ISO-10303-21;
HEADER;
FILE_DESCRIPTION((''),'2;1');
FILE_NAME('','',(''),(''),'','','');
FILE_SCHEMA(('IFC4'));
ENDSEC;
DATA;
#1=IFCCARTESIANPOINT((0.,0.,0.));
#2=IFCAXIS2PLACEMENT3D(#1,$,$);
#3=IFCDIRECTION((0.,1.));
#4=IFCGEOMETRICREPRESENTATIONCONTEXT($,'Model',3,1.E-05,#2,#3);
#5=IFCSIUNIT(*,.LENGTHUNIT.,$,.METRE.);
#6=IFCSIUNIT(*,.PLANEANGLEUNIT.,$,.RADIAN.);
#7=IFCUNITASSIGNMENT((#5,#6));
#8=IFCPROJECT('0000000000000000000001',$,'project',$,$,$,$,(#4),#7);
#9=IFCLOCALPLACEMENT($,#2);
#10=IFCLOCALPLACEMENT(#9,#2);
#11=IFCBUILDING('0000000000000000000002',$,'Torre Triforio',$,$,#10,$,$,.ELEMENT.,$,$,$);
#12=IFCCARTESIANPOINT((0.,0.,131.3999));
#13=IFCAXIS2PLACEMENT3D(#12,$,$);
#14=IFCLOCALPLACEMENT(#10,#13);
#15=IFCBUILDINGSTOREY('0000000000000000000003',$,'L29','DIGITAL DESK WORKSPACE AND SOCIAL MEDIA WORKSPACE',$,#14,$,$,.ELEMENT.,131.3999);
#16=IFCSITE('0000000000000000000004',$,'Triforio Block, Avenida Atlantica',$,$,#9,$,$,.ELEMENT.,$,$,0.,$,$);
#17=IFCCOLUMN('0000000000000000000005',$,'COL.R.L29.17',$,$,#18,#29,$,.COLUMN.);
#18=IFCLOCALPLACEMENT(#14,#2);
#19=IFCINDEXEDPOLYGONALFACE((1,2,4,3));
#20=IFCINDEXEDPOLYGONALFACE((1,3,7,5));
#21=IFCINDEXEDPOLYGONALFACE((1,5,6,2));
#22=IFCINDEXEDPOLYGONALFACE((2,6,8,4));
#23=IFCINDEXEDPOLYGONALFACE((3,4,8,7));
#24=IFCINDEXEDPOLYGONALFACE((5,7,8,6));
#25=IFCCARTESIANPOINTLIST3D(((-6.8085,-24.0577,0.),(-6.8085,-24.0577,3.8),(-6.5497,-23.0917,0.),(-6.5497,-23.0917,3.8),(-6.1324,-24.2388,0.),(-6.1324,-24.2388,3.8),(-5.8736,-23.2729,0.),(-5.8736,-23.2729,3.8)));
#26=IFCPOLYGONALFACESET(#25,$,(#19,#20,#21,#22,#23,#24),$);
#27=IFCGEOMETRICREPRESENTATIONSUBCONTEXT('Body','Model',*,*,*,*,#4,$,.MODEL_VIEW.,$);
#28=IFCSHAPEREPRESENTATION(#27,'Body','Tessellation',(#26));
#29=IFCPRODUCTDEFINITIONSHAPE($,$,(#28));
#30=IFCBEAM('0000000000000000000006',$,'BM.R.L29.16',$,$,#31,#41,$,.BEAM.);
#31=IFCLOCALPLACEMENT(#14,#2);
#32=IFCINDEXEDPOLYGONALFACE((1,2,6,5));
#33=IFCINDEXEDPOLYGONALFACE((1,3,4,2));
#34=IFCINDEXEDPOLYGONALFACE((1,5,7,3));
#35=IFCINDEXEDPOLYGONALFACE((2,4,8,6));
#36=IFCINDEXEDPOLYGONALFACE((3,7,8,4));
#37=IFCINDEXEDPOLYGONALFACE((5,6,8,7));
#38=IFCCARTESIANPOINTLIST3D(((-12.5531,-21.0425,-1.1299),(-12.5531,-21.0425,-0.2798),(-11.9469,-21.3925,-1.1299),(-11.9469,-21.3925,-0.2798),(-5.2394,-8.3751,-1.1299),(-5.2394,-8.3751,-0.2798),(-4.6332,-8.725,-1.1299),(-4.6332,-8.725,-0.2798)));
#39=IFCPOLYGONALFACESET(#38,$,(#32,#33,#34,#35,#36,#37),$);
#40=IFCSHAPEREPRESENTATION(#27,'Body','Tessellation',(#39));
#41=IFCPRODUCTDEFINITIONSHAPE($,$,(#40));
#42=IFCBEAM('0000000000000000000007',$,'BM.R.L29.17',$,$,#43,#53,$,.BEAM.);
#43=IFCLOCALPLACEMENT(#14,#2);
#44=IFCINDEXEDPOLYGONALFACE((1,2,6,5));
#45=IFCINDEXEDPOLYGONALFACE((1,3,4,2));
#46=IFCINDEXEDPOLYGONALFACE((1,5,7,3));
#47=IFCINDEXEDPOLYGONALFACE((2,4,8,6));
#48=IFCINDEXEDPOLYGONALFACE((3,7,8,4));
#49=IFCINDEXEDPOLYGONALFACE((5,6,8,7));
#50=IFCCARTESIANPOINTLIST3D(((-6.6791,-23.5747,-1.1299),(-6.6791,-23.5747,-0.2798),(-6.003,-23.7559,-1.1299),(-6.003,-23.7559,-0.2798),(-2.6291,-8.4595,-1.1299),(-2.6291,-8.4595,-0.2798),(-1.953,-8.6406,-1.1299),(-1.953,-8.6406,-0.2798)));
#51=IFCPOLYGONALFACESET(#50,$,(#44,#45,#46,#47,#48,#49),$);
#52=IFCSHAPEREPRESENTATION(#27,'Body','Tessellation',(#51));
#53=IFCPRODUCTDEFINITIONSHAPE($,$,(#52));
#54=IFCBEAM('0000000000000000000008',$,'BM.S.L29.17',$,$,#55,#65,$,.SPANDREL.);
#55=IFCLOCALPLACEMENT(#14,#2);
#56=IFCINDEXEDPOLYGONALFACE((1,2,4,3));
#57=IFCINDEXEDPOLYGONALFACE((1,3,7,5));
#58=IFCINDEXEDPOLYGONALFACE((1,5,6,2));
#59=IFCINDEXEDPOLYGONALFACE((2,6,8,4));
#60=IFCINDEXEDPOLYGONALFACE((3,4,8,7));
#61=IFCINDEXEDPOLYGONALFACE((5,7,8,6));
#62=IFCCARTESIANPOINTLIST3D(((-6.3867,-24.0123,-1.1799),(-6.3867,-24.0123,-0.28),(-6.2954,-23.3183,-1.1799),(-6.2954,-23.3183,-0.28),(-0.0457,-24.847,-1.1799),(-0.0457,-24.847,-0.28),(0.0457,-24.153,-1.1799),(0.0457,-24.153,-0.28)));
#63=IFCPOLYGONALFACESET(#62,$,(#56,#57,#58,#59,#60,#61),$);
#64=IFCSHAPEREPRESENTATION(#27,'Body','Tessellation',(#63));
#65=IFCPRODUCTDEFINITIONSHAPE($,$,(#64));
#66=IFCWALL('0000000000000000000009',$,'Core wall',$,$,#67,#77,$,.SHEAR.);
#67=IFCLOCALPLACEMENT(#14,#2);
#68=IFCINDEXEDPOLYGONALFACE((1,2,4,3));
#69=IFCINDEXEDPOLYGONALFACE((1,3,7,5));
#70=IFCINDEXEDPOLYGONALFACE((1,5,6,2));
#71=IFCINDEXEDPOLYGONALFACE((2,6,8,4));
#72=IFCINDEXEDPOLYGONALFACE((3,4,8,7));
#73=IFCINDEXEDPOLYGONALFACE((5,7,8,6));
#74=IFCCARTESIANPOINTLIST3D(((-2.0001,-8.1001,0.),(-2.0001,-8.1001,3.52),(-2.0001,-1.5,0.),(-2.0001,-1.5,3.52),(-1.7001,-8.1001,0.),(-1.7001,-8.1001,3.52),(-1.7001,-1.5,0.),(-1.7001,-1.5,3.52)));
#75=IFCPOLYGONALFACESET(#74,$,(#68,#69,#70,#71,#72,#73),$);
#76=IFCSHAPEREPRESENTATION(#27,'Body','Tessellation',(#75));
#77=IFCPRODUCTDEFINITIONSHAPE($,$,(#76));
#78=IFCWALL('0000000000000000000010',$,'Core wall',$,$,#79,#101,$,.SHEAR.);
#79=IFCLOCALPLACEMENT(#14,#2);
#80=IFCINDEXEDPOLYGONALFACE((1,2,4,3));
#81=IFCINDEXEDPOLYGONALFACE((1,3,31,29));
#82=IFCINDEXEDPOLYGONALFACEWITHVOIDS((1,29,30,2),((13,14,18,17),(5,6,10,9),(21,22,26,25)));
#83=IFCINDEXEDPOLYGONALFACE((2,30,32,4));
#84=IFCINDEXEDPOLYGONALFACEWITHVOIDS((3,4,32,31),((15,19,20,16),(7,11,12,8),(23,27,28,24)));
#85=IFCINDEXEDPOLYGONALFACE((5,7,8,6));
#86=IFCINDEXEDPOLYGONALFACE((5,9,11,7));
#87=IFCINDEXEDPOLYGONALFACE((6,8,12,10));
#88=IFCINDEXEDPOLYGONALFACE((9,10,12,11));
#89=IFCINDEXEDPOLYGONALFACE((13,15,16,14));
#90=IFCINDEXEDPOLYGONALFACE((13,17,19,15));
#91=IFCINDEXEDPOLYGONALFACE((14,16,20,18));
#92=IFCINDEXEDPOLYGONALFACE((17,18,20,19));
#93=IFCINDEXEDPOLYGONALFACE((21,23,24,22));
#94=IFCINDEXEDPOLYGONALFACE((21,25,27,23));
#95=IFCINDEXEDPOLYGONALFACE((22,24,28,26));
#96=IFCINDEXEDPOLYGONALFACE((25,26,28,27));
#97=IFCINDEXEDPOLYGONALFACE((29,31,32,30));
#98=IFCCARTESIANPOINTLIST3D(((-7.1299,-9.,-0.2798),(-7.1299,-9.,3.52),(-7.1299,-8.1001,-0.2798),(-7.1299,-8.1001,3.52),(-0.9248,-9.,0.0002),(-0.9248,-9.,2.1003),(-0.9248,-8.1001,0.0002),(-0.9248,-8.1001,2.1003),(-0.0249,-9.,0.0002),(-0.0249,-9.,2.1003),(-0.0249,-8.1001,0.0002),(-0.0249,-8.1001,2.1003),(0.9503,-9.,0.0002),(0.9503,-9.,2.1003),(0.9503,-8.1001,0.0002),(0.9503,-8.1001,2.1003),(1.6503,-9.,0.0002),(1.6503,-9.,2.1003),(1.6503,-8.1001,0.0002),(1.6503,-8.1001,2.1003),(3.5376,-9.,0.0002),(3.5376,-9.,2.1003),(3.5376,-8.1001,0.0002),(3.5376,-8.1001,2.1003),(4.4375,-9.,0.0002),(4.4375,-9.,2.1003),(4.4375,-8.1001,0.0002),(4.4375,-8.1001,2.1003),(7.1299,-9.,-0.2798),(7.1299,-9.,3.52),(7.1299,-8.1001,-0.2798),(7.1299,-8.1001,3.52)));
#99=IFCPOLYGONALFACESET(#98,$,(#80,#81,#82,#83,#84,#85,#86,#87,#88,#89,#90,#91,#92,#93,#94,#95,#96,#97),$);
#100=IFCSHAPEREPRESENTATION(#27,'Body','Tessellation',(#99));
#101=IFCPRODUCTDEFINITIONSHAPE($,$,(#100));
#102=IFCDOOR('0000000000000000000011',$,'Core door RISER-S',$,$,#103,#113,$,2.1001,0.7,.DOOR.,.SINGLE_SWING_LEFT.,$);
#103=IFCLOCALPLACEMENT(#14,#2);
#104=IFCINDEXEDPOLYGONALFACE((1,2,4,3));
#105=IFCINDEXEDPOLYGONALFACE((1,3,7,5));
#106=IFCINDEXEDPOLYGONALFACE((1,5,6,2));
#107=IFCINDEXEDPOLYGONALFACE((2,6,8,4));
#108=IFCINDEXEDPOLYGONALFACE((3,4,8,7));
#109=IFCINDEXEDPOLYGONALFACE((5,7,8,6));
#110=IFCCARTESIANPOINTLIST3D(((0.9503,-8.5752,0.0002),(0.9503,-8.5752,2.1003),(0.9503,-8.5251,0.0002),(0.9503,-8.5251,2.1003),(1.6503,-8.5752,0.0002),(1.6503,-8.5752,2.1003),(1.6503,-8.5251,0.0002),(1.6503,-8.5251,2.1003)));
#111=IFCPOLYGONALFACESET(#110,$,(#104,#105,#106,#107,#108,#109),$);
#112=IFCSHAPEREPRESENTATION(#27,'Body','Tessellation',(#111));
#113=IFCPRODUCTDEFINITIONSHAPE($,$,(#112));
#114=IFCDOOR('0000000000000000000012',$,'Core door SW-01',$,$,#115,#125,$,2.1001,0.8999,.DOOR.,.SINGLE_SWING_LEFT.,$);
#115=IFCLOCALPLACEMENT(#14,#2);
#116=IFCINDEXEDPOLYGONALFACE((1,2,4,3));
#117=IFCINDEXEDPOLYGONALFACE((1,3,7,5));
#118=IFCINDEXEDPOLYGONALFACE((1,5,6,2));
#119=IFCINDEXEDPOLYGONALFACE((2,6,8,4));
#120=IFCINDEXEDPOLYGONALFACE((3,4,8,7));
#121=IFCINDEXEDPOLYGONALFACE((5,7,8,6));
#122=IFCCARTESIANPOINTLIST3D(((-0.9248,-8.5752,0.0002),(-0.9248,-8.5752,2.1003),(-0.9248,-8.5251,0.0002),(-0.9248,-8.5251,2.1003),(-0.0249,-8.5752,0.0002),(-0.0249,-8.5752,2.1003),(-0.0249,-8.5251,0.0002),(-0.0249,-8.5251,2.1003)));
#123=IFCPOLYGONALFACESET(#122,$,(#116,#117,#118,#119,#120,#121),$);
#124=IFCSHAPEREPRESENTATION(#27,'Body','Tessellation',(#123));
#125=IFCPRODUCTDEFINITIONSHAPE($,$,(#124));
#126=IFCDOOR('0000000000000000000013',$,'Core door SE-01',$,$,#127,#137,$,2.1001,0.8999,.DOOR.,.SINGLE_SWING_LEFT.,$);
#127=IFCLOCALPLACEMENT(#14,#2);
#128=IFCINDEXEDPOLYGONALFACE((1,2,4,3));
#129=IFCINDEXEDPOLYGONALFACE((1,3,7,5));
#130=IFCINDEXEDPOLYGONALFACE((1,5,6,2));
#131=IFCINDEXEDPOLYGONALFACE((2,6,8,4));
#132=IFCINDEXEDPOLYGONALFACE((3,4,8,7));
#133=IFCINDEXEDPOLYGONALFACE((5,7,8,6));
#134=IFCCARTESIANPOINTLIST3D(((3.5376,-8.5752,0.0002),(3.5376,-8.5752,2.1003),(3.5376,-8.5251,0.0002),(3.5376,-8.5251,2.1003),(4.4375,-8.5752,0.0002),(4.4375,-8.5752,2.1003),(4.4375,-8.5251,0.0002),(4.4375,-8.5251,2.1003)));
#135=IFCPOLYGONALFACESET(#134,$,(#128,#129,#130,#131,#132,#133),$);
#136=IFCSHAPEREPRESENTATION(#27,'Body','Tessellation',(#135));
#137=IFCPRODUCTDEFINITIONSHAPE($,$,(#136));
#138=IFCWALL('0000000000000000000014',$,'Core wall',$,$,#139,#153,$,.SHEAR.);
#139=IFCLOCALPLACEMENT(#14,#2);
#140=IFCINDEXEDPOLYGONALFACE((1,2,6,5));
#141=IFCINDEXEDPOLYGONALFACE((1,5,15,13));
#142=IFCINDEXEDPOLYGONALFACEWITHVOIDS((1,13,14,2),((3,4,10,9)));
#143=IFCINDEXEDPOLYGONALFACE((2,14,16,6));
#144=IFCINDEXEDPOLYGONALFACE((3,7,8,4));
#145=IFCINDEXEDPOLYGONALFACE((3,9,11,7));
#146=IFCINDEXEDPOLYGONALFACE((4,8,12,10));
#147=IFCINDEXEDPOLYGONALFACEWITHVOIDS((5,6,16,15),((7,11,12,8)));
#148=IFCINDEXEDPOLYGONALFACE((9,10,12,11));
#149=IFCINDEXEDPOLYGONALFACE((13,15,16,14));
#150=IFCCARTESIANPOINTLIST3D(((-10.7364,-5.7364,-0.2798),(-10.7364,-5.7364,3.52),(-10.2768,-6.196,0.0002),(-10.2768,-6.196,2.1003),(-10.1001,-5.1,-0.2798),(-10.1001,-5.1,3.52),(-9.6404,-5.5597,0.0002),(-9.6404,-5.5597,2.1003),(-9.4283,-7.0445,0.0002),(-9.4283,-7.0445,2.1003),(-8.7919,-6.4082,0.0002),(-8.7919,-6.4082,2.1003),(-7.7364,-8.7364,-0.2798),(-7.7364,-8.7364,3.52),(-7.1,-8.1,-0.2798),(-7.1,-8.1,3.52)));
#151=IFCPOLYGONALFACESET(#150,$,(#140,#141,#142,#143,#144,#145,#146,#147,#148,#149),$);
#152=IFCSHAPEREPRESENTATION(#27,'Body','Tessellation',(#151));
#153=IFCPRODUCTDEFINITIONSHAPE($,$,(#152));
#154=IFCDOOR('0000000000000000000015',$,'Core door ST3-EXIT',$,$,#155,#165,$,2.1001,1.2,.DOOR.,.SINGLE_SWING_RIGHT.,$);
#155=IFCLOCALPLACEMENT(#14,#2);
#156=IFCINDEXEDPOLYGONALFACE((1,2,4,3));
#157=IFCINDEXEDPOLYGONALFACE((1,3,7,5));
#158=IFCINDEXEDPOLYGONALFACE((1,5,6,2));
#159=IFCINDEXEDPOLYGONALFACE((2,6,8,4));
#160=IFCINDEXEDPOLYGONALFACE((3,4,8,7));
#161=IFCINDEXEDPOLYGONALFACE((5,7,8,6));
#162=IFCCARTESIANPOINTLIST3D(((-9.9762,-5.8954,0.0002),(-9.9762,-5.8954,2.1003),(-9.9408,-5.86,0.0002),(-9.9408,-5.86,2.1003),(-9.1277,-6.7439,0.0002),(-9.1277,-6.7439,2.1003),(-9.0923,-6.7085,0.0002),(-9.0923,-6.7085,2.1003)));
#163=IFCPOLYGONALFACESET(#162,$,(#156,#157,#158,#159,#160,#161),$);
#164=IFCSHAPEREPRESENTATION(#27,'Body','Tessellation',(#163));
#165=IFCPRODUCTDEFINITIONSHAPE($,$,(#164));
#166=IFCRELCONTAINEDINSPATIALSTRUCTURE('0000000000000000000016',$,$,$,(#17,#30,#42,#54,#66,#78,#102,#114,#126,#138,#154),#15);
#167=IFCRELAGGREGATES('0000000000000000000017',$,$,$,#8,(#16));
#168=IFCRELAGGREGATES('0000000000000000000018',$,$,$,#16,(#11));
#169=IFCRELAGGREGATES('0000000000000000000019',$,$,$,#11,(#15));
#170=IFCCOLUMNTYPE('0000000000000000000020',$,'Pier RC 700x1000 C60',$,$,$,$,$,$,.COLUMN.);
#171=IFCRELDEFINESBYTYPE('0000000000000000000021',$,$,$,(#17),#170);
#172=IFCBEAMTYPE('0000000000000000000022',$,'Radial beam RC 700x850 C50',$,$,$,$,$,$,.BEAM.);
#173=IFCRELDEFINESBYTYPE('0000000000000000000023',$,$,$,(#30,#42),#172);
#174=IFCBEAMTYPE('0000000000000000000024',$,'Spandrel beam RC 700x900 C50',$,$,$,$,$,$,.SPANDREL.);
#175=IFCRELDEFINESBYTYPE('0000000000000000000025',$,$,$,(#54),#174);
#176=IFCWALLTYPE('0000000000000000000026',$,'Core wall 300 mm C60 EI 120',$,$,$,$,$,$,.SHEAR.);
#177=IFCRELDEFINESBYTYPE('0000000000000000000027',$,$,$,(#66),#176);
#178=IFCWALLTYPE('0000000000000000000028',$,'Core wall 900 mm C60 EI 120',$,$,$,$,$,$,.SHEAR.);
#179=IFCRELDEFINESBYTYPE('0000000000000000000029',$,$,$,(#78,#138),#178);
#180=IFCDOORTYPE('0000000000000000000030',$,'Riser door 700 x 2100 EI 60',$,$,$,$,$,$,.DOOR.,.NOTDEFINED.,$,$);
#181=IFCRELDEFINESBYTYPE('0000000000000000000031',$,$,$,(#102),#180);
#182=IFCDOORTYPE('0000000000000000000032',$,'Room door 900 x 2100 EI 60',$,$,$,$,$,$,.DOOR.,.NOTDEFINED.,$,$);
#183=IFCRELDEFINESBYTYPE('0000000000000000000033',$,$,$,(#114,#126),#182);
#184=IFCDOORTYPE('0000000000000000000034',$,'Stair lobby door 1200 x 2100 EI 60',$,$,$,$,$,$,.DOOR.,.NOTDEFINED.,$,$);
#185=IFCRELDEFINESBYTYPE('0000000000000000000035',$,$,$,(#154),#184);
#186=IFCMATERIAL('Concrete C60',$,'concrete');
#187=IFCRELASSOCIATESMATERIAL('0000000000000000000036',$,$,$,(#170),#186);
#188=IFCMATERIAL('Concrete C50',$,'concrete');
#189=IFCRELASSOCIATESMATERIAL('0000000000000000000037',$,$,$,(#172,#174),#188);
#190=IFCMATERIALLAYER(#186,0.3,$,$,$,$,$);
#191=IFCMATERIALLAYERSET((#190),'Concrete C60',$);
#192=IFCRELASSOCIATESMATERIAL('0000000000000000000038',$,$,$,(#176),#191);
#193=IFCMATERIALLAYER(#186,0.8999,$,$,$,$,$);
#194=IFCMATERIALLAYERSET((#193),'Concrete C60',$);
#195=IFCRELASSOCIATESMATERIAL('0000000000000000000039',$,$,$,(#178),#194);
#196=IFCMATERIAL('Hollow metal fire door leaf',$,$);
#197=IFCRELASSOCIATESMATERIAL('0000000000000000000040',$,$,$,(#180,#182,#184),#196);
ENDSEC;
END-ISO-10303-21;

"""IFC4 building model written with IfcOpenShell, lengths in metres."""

from ifc_helpers import new_model, si_unit, direction, frame, frame_2d, origin, origin_2d, place, context, subcontext, project, spatial, rectangle, extrude, material, layer, layer_set, material_profile, profile_set, type_object, element, fill, save


model = new_model("IFC4")

# Units and contexts
model_context = context("Model", 3, precision=1e-05, world=origin(), true_north=direction((0.0, 1.0)))
body_context = subcontext(model_context, "Body", "Model", "MODEL_VIEW")
ifc_project = project(units=[si_unit("LENGTHUNIT", "METRE"), si_unit("PLANEANGLEUNIT", "RADIAN")], contexts=[model_context])

# Site, building, storey
site_placement = place(None, origin())
site = spatial("IfcSite", under=ifc_project, at=site_placement, Name="Triforio Block, Avenida Atlantica", CompositionType="ELEMENT", RefElevation=0.0)
building_placement = place(site_placement, origin())
building = spatial("IfcBuilding", under=site, at=building_placement, Name="Torre Triforio", CompositionType="ELEMENT")
storey_placement = place(building_placement, frame((0.0, 0.0, 131.3999)))
storey = spatial("IfcBuildingStorey", under=building, at=storey_placement, Name="L29", Description="DIGITAL DESK WORKSPACE AND SOCIAL MEDIA WORKSPACE", CompositionType="ELEMENT", Elevation=131.3999)

# Column
ifc_material_1 = material(Name="Concrete C60", Category="concrete")
ifc_material_profile_1 = material_profile(ifc_material_1, rectangle(XDim=0.7, YDim=1.0, at=origin_2d()), Name="RC 700x1000")
ifc_profile_set_1 = profile_set([ifc_material_profile_1], Name="Concrete C60")
column_type = type_object("IfcColumnType", Name="Pier RC 700x1000 C60", PredefinedType="COLUMN", material=ifc_profile_set_1)
column_placement = place(storey_placement, frame((-6.3411, -23.6653, 0.0), z_axis=(0.0, 0.0, 1.0), x_axis=(0.965926, -0.258819, 0.0)))
element("IfcColumn", 1, at=column_placement, inside=storey, type_object=column_type, Name="COL.R.L29.17", PredefinedType="COLUMN", context=body_context, shape_type="SweptSolid", body=[
    extrude(rectangle(XDim=0.7, YDim=1.0, at=origin_2d()), origin(), (0.0, 0.0, 1.0), 3.8),
])

# Beams
ifc_material_2 = material(Name="Concrete C50", Category="concrete")
ifc_material_profile_2 = material_profile(ifc_material_2, rectangle(XDim=0.7, YDim=0.8501, at=origin_2d()), Name="RC 700x850")
ifc_profile_set_2 = profile_set([ifc_material_profile_2], Name="Concrete C50")
beam_type_1 = type_object("IfcBeamType", Name="Radial beam RC 700x850 C50", PredefinedType="BEAM", material=ifc_profile_set_2)
beam_1_placement = place(storey_placement, frame((-4.9363, -8.55, -0.7048), z_axis=(-0.500008, -0.866021, 0.0), x_axis=(0.866021, -0.500008, 0.0)))
element("IfcBeam", 2, at=beam_1_placement, inside=storey, type_object=beam_type_1, Name="BM.R.L29.16", PredefinedType="BEAM", context=body_context, shape_type="SweptSolid", body=[
    extrude(rectangle(XDim=0.7, YDim=0.8501, at=origin_2d()), origin(), (0.0, 0.0, 1.0), 14.6272),
])
beam_2_placement = place(storey_placement, frame((-2.291, -8.55, -0.7048), z_axis=(-0.258815, -0.965927, 0.0), x_axis=(0.965927, -0.258815, 0.0)))
element("IfcBeam", 3, at=beam_2_placement, inside=storey, type_object=beam_type_1, Name="BM.R.L29.17", PredefinedType="BEAM", context=body_context, shape_type="SweptSolid", body=[
    extrude(rectangle(XDim=0.7, YDim=0.8501, at=origin_2d()), origin(), (0.0, 0.0, 1.0), 15.6484),
])
ifc_material_profile_3 = material_profile(ifc_material_2, rectangle(XDim=0.7, YDim=0.8999, at=origin_2d()), Name="RC 700x900")
ifc_profile_set_3 = profile_set([ifc_material_profile_3], Name="Concrete C50")
beam_type_2 = type_object("IfcBeamType", Name="Spandrel beam RC 700x900 C50", PredefinedType="SPANDREL", material=ifc_profile_set_3)
beam_3_placement = place(storey_placement, frame((-6.3411, -23.6653, -0.73), z_axis=(0.991447, -0.130511, 0.0), x_axis=(0.130511, 0.991447, 0.0)))
element("IfcBeam", 4, at=beam_3_placement, inside=storey, type_object=beam_type_2, Name="BM.S.L29.17", PredefinedType="SPANDREL", context=body_context, shape_type="SweptSolid", body=[
    extrude(rectangle(XDim=0.7, YDim=0.8999, at=origin_2d()), origin(), (0.0, 0.0, 1.0), 6.3958),
])

# Wall
ifc_layer_1 = layer(ifc_material_1, 0.3)
ifc_layer_set_1 = layer_set([ifc_layer_1], Name="Concrete C60")
wall_type_1 = type_object("IfcWallType", Name="Core wall 300 mm C60 EI 120", PredefinedType="SHEAR", material=ifc_layer_set_1)
wall_1_placement = place(storey_placement, frame((-1.8501, -8.1001, 0.0), z_axis=(0.0, 0.0, 1.0), x_axis=(0.0, 1.0, 0.0)))
element("IfcWall", 5, at=wall_1_placement, inside=storey, type_object=wall_type_1, Name="Core wall", PredefinedType="SHEAR", context=body_context, shape_type="SweptSolid", body=[
    extrude(rectangle(XDim=6.6001, YDim=0.3, at=frame_2d((3.3, 0.0))), origin(), (0.0, 0.0, 1.0), 3.52),
])

# Wall, openings, doors
ifc_layer_2 = layer(ifc_material_1, 0.8999)
ifc_layer_set_2 = layer_set([ifc_layer_2], Name="Concrete C60")
wall_type_2 = type_object("IfcWallType", Name="Core wall 900 mm C60 EI 120", PredefinedType="SHEAR", material=ifc_layer_set_2)
wall_2_placement = place(storey_placement, frame((-7.1299, -8.55, -0.2798), z_axis=(0.0, 0.0, 1.0), x_axis=(1.0, 0.0, 0.0)))
wall_2 = element("IfcWall", 6, at=wall_2_placement, inside=storey, type_object=wall_type_2, Name="Core wall", PredefinedType="SHEAR", context=body_context, shape_type="SweptSolid", body=[
    extrude(rectangle(XDim=14.2598, YDim=0.8999, at=frame_2d((7.1299, 0.0))), origin(), (0.0, 0.0, 1.0), 3.7998),
])
opening_1_placement = place(wall_2_placement, frame((8.0801, 0.0, 0.28)))
opening_1 = element("IfcOpeningElement", 7, at=opening_1_placement, cuts=wall_2, PredefinedType="OPENING", context=body_context, shape_type="SweptSolid", body=[
    extrude(rectangle(XDim=0.7, YDim=2.1001, at=frame_2d((0.3501, 1.05))), frame((0.0, 0.46, 0.0), z_axis=(0.0, -1.0, 0.0), x_axis=(1.0, 0.0, 0.0)), (0.0, 0.0, 1.0), 0.9199),
])
opening_2_placement = place(wall_2_placement, frame((6.2051, 0.0, 0.28)))
opening_2 = element("IfcOpeningElement", 8, at=opening_2_placement, cuts=wall_2, PredefinedType="OPENING", context=body_context, shape_type="SweptSolid", body=[
    extrude(rectangle(XDim=0.8999, YDim=2.1001, at=frame_2d((0.45, 1.05))), frame((0.0, 0.46, 0.0), z_axis=(0.0, -1.0, 0.0), x_axis=(1.0, 0.0, 0.0)), (0.0, 0.0, 1.0), 0.9199),
])
opening_3_placement = place(wall_2_placement, frame((10.6675, 0.0, 0.28)))
opening_3 = element("IfcOpeningElement", 9, at=opening_3_placement, cuts=wall_2, PredefinedType="OPENING", context=body_context, shape_type="SweptSolid", body=[
    extrude(rectangle(XDim=0.8999, YDim=2.1001, at=frame_2d((0.45, 1.05))), frame((0.0, 0.46, 0.0), z_axis=(0.0, -1.0, 0.0), x_axis=(1.0, 0.0, 0.0)), (0.0, 0.0, 1.0), 0.9199),
])
ifc_material_3 = material(Name="Hollow metal fire door leaf")
door_type_1 = type_object("IfcDoorType", Name="Riser door 700 x 2100 EI 60", OperationType="NOTDEFINED", PredefinedType="DOOR", material=ifc_material_3)
door_1_placement = place(opening_1_placement, origin())
door_1 = element("IfcDoor", 10, at=door_1_placement, inside=storey, type_object=door_type_1, Name="Core door RISER-S", OperationType="SINGLE_SWING_LEFT", OverallHeight=2.1001, OverallWidth=0.7, PredefinedType="DOOR", context=body_context, shape_type="SweptSolid", body=[
    extrude(rectangle(XDim=0.7, YDim=2.1001, at=frame_2d((0.3501, 1.05))), frame((0.0, 0.0249, 0.0), z_axis=(0.0, -1.0, 0.0), x_axis=(1.0, 0.0, 0.0)), (0.0, 0.0, 1.0), 0.05),
])
fill(opening_1, door_1)
door_type_2 = type_object("IfcDoorType", Name="Room door 900 x 2100 EI 60", OperationType="NOTDEFINED", PredefinedType="DOOR", material=ifc_material_3)
door_2_placement = place(opening_2_placement, origin())
door_2 = element("IfcDoor", 11, at=door_2_placement, inside=storey, type_object=door_type_2, Name="Core door SW-01", OperationType="SINGLE_SWING_LEFT", OverallHeight=2.1001, OverallWidth=0.8999, PredefinedType="DOOR", context=body_context, shape_type="SweptSolid", body=[
    extrude(rectangle(XDim=0.8999, YDim=2.1001, at=frame_2d((0.45, 1.05))), frame((0.0, 0.0249, 0.0), z_axis=(0.0, -1.0, 0.0), x_axis=(1.0, 0.0, 0.0)), (0.0, 0.0, 1.0), 0.05),
])
fill(opening_2, door_2)
door_3_placement = place(opening_3_placement, origin())
door_3 = element("IfcDoor", 12, at=door_3_placement, inside=storey, type_object=door_type_2, Name="Core door SE-01", OperationType="SINGLE_SWING_LEFT", OverallHeight=2.1001, OverallWidth=0.8999, PredefinedType="DOOR", context=body_context, shape_type="SweptSolid", body=[
    extrude(rectangle(XDim=0.8999, YDim=2.1001, at=frame_2d((0.45, 1.05))), frame((0.0, 0.0249, 0.0), z_axis=(0.0, -1.0, 0.0), x_axis=(1.0, 0.0, 0.0)), (0.0, 0.0, 1.0), 0.05),
])
fill(opening_3, door_3)

# Wall, opening, door
wall_3_placement = place(storey_placement, frame((-7.4182, -8.4182, -0.2798), z_axis=(0.0, 0.0, 1.0), x_axis=(-0.707107, 0.707107, 0.0)))
wall_3 = element("IfcWall", 13, at=wall_3_placement, inside=storey, type_object=wall_type_2, Name="Core wall", PredefinedType="SHEAR", context=body_context, shape_type="SweptSolid", body=[
    extrude(rectangle(XDim=4.2427, YDim=0.8999, at=frame_2d((2.1213, 0.0))), origin(), (0.0, 0.0, 1.0), 3.7998),
])
opening_4_placement = place(wall_3_placement, frame((2.3926, 0.0, 0.28)))
opening_4 = element("IfcOpeningElement", 14, at=opening_4_placement, cuts=wall_3, PredefinedType="OPENING", context=body_context, shape_type="SweptSolid", body=[
    extrude(rectangle(XDim=1.2, YDim=2.1001, at=frame_2d((0.6001, 1.05))), frame((0.0, 0.46, 0.0), z_axis=(0.0, -1.0, 0.0), x_axis=(1.0, 0.0, 0.0)), (0.0, 0.0, 1.0), 0.9199),
])
door_type_3 = type_object("IfcDoorType", Name="Stair lobby door 1200 x 2100 EI 60", OperationType="NOTDEFINED", PredefinedType="DOOR", material=ifc_material_3)
door_4_placement = place(opening_4_placement, origin())
door_4 = element("IfcDoor", 15, at=door_4_placement, inside=storey, type_object=door_type_3, Name="Core door ST3-EXIT", OperationType="SINGLE_SWING_RIGHT", OverallHeight=2.1001, OverallWidth=1.2, PredefinedType="DOOR", context=body_context, shape_type="SweptSolid", body=[
    extrude(rectangle(XDim=1.2, YDim=2.1001, at=frame_2d((0.6001, 1.05))), frame((0.0, 0.0249, 0.0), z_axis=(0.0, -1.0, 0.0), x_axis=(1.0, 0.0, 0.0)), (0.0, 0.0, 1.0), 0.05),
])
fill(opening_4, door_4)

save(model, "model.ifc")
